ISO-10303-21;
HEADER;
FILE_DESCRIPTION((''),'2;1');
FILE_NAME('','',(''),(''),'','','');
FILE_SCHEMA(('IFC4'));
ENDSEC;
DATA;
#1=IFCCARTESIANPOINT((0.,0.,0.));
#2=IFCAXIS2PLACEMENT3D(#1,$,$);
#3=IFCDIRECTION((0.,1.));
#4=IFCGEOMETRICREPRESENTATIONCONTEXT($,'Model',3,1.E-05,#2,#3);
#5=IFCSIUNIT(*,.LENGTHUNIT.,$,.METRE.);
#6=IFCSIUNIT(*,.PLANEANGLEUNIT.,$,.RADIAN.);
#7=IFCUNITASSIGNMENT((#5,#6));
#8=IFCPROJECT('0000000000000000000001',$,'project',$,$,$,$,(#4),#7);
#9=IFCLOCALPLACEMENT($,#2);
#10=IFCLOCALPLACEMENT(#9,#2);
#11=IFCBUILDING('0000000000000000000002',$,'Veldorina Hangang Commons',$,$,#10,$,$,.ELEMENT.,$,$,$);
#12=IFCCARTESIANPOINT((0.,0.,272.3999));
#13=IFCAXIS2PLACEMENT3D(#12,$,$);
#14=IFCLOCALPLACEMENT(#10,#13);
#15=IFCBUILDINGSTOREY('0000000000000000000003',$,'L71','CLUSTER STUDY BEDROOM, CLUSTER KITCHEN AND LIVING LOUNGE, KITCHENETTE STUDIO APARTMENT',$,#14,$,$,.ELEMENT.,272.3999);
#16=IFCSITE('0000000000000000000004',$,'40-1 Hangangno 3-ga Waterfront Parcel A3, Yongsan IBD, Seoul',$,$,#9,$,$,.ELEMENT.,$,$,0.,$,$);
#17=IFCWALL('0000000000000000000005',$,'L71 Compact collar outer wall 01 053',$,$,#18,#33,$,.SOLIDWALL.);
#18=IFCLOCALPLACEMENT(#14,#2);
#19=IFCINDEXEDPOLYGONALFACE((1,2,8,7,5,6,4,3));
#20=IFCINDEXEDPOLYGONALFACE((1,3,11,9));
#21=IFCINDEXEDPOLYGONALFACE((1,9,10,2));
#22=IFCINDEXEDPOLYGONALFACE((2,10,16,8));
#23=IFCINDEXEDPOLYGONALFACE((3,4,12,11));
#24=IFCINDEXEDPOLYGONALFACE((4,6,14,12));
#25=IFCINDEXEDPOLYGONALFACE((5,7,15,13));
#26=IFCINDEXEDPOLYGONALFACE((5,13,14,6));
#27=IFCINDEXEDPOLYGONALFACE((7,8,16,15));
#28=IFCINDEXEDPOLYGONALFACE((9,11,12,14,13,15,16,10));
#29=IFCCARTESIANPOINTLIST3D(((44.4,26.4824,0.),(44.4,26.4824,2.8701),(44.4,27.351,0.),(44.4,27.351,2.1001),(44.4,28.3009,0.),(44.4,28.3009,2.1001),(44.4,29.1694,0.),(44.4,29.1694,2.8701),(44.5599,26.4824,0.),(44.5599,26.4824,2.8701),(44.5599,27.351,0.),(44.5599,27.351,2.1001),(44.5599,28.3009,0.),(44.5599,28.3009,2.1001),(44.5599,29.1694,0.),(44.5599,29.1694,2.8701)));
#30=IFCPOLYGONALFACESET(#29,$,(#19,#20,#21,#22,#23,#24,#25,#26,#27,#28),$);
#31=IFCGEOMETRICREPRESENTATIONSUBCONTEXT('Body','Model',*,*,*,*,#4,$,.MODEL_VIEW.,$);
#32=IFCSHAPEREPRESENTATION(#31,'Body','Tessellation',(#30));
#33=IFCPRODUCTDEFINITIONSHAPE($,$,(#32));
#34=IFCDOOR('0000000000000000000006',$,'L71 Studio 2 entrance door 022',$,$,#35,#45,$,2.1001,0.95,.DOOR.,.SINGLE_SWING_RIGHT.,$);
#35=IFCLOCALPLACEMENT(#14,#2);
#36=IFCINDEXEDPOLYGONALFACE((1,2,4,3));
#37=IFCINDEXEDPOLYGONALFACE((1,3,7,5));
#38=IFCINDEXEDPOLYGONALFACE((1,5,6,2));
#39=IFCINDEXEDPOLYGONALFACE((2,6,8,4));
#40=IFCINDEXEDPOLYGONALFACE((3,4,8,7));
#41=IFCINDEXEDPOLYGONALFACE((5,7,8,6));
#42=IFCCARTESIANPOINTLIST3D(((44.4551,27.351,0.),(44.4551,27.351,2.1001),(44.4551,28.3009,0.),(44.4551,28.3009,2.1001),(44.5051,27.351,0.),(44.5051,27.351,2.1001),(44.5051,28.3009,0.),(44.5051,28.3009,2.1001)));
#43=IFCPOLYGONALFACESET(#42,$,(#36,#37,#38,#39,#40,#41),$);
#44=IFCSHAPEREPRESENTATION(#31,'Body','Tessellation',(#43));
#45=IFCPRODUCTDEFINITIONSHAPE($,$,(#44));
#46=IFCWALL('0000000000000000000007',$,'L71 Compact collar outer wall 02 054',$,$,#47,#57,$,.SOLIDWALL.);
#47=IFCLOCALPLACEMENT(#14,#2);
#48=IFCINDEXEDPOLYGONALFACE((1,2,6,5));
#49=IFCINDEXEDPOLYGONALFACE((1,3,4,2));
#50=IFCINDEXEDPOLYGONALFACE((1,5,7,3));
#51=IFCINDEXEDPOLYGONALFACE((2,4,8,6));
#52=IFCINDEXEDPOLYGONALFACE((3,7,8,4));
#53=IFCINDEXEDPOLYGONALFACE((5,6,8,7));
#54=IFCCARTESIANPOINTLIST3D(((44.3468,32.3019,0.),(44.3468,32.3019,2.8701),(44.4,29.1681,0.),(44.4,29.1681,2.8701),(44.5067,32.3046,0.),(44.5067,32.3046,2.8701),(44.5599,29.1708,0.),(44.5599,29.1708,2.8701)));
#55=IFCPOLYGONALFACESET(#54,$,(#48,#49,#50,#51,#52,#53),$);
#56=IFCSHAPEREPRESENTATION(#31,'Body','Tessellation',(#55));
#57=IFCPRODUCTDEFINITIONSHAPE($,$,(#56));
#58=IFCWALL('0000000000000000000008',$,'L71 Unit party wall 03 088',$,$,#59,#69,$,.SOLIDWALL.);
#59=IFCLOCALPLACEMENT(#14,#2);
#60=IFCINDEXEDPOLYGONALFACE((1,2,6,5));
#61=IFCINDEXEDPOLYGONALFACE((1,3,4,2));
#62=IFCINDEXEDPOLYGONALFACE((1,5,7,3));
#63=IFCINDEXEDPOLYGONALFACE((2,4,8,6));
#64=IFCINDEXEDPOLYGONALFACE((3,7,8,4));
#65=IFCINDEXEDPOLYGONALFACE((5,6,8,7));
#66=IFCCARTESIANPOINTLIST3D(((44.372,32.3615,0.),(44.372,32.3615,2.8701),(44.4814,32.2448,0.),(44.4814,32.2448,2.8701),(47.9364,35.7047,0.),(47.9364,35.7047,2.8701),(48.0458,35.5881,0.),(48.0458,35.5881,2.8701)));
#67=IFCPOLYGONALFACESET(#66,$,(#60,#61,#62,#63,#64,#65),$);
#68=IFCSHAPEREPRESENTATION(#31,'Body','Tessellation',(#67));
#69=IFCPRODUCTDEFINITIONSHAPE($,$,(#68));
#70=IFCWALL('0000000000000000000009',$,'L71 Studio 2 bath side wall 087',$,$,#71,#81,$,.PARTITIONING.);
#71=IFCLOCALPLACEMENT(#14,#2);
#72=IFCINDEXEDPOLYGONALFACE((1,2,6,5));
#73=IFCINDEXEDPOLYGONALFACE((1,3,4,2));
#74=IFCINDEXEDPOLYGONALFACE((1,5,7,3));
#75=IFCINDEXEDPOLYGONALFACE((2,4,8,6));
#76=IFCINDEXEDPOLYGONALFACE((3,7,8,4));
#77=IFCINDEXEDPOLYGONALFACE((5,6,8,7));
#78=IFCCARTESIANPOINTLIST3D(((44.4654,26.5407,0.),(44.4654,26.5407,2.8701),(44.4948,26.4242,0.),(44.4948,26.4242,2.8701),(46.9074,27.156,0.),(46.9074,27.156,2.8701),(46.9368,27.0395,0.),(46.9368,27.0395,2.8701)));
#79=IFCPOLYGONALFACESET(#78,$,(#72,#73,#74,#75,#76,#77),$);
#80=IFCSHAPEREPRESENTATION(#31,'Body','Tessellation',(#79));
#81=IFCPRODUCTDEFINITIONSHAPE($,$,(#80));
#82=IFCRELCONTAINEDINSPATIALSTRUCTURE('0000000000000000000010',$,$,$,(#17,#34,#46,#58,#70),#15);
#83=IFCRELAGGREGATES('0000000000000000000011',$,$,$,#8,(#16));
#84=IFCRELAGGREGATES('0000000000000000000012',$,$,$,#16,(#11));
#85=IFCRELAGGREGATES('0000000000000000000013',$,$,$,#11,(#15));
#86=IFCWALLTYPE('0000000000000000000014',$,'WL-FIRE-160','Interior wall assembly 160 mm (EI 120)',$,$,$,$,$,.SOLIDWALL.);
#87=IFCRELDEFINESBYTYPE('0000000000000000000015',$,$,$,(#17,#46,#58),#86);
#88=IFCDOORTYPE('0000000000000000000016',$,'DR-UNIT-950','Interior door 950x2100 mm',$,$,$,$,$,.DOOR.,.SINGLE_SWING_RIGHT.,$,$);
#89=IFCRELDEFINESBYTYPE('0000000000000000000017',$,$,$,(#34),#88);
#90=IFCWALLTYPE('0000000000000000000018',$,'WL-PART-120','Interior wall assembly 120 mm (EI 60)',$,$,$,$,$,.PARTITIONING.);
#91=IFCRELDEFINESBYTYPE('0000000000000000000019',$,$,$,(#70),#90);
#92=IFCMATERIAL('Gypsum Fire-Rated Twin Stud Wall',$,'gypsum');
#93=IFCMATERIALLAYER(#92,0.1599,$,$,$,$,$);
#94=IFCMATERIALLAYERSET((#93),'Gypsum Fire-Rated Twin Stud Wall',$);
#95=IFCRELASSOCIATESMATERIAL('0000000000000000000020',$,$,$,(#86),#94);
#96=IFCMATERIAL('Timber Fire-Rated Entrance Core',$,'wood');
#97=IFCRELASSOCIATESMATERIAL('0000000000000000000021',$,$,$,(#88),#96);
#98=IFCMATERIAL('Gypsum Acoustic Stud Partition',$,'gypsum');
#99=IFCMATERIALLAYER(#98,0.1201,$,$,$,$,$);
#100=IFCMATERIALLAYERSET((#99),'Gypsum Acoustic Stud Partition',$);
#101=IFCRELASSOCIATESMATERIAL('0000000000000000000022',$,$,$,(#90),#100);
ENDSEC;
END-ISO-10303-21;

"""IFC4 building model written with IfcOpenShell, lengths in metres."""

from ifc_helpers import new_model, si_unit, direction, frame, frame_2d, origin, place, context, subcontext, project, spatial, rectangle, extrude, material, layer, layer_set, type_object, element, fill, save


model = new_model("IFC4")

# Units and contexts
model_context = context("Model", 3, precision=1e-05, world=origin(), true_north=direction((0.0, 1.0)))
body_context = subcontext(model_context, "Body", "Model", "MODEL_VIEW")
ifc_project = project(units=[si_unit("LENGTHUNIT", "METRE"), si_unit("PLANEANGLEUNIT", "RADIAN")], contexts=[model_context])

# Site, building, storey
site_placement = place(None, origin())
site = spatial("IfcSite", under=ifc_project, at=site_placement, Name="40-1 Hangangno 3-ga Waterfront Parcel A3, Yongsan IBD, Seoul", CompositionType="ELEMENT", RefElevation=0.0)
building_placement = place(site_placement, origin())
building = spatial("IfcBuilding", under=site, at=building_placement, Name="Veldorina Hangang Commons", CompositionType="ELEMENT")
storey_placement = place(building_placement, frame((0.0, 0.0, 272.3999)))
storey = spatial("IfcBuildingStorey", under=building, at=storey_placement, Name="L71", Description="CLUSTER STUDY BEDROOM, CLUSTER KITCHEN AND LIVING LOUNGE, KITCHENETTE STUDIO APARTMENT", CompositionType="ELEMENT", Elevation=272.3999)

# Wall, opening, door
ifc_material_1 = material(Name="Gypsum Fire-Rated Twin Stud Wall", Category="gypsum")
ifc_layer_1 = layer(ifc_material_1, 0.1599)
ifc_layer_set_1 = layer_set([ifc_layer_1], Name="Gypsum Fire-Rated Twin Stud Wall")
wall_type_1 = type_object("IfcWallType", Name="WL-FIRE-160", Description="Interior wall assembly 160 mm (EI 120)", PredefinedType="SOLIDWALL", material=ifc_layer_set_1)
wall_1_placement = place(storey_placement, frame((44.48, 26.4824, 0.0), z_axis=(0.0, 0.0, 1.0), x_axis=(0.0, 1.0, 0.0)))
wall_1 = element("IfcWall", 1, at=wall_1_placement, inside=storey, type_object=wall_type_1, Name="L71 Compact collar outer wall 01 053", PredefinedType="SOLIDWALL", context=body_context, shape_type="SweptSolid", body=[
    extrude(rectangle(XDim=2.687, YDim=0.1599, at=frame_2d((1.3435, 0.0))), origin(), (0.0, 0.0, 1.0), 2.8701),
])
opening_1_placement = place(wall_1_placement, frame((0.8684, 0.0, 0.0)))
opening_1 = element("IfcOpeningElement", 2, at=opening_1_placement, cuts=wall_1, PredefinedType="OPENING", context=body_context, shape_type="SweptSolid", body=[
    extrude(rectangle(XDim=0.95, YDim=2.1001, at=frame_2d((0.4751, 1.05))), frame((0.0, 0.0898, 0.0), z_axis=(0.0, -1.0, 0.0), x_axis=(1.0, 0.0, 0.0)), (0.0, 0.0, 1.0), 0.1799),
])
ifc_material_2 = material(Name="Timber Fire-Rated Entrance Core", Category="wood")
door_type_1 = type_object("IfcDoorType", Name="DR-UNIT-950", Description="Interior door 950x2100 mm", OperationType="SINGLE_SWING_RIGHT", PredefinedType="DOOR", material=ifc_material_2)
door_1_placement = place(opening_1_placement, origin())
door_1 = element("IfcDoor", 3, at=door_1_placement, inside=storey, type_object=door_type_1, Name="L71 Studio 2 entrance door 022", OperationType="SINGLE_SWING_RIGHT", OverallHeight=2.1001, OverallWidth=0.95, PredefinedType="DOOR", context=body_context, shape_type="SweptSolid", body=[
    extrude(rectangle(XDim=0.95, YDim=2.1001, at=frame_2d((0.4751, 1.05))), frame((0.0, 0.0249, 0.0), z_axis=(0.0, -1.0, 0.0), x_axis=(1.0, 0.0, 0.0)), (0.0, 0.0, 1.0), 0.05),
])
fill(opening_1, door_1)

# Walls
wall_2_placement = place(storey_placement, frame((44.48, 29.1694, 0.0), z_axis=(0.0, 0.0, 1.0), x_axis=(-0.016981, 0.999856, 0.0)))
element("IfcWall", 4, at=wall_2_placement, inside=storey, type_object=wall_type_1, Name="L71 Compact collar outer wall 02 054", PredefinedType="SOLIDWALL", context=body_context, shape_type="SweptSolid", body=[
    extrude(rectangle(XDim=3.1343, YDim=0.1599, at=frame_2d((1.5671, 0.0))), origin(), (0.0, 0.0, 1.0), 2.8701),
])
wall_3_placement = place(storey_placement, frame((44.4268, 32.3032, 0.0), z_axis=(0.0, 0.0, 1.0), x_axis=(0.729375, 0.684114, 0.0)))
element("IfcWall", 5, at=wall_3_placement, inside=storey, type_object=wall_type_1, Name="L71 Unit party wall 03 088", PredefinedType="SOLIDWALL", context=body_context, shape_type="SweptSolid", body=[
    extrude(rectangle(XDim=4.887, YDim=0.1599, at=frame_2d((2.4434, 0.0))), origin(), (0.0, 0.0, 1.0), 2.8701),
])
ifc_material_3 = material(Name="Gypsum Acoustic Stud Partition", Category="gypsum")
ifc_layer_2 = layer(ifc_material_3, 0.1201)
ifc_layer_set_2 = layer_set([ifc_layer_2], Name="Gypsum Acoustic Stud Partition")
wall_type_2 = type_object("IfcWallType", Name="WL-PART-120", Description="Interior wall assembly 120 mm (EI 60)", PredefinedType="PARTITIONING", material=ifc_layer_set_2)
wall_4_placement = place(storey_placement, frame((44.48, 26.4824, 0.0), z_axis=(0.0, 0.0, 1.0), x_axis=(0.969696, 0.244315, 0.0)))
element("IfcWall", 6, at=wall_4_placement, inside=storey, type_object=wall_type_2, Name="L71 Studio 2 bath side wall 087", PredefinedType="PARTITIONING", context=body_context, shape_type="SweptSolid", body=[
    extrude(rectangle(XDim=2.5183, YDim=0.1201, at=frame_2d((1.2593, 0.0))), origin(), (0.0, 0.0, 1.0), 2.8701),
])

save(model, "model.ifc")
